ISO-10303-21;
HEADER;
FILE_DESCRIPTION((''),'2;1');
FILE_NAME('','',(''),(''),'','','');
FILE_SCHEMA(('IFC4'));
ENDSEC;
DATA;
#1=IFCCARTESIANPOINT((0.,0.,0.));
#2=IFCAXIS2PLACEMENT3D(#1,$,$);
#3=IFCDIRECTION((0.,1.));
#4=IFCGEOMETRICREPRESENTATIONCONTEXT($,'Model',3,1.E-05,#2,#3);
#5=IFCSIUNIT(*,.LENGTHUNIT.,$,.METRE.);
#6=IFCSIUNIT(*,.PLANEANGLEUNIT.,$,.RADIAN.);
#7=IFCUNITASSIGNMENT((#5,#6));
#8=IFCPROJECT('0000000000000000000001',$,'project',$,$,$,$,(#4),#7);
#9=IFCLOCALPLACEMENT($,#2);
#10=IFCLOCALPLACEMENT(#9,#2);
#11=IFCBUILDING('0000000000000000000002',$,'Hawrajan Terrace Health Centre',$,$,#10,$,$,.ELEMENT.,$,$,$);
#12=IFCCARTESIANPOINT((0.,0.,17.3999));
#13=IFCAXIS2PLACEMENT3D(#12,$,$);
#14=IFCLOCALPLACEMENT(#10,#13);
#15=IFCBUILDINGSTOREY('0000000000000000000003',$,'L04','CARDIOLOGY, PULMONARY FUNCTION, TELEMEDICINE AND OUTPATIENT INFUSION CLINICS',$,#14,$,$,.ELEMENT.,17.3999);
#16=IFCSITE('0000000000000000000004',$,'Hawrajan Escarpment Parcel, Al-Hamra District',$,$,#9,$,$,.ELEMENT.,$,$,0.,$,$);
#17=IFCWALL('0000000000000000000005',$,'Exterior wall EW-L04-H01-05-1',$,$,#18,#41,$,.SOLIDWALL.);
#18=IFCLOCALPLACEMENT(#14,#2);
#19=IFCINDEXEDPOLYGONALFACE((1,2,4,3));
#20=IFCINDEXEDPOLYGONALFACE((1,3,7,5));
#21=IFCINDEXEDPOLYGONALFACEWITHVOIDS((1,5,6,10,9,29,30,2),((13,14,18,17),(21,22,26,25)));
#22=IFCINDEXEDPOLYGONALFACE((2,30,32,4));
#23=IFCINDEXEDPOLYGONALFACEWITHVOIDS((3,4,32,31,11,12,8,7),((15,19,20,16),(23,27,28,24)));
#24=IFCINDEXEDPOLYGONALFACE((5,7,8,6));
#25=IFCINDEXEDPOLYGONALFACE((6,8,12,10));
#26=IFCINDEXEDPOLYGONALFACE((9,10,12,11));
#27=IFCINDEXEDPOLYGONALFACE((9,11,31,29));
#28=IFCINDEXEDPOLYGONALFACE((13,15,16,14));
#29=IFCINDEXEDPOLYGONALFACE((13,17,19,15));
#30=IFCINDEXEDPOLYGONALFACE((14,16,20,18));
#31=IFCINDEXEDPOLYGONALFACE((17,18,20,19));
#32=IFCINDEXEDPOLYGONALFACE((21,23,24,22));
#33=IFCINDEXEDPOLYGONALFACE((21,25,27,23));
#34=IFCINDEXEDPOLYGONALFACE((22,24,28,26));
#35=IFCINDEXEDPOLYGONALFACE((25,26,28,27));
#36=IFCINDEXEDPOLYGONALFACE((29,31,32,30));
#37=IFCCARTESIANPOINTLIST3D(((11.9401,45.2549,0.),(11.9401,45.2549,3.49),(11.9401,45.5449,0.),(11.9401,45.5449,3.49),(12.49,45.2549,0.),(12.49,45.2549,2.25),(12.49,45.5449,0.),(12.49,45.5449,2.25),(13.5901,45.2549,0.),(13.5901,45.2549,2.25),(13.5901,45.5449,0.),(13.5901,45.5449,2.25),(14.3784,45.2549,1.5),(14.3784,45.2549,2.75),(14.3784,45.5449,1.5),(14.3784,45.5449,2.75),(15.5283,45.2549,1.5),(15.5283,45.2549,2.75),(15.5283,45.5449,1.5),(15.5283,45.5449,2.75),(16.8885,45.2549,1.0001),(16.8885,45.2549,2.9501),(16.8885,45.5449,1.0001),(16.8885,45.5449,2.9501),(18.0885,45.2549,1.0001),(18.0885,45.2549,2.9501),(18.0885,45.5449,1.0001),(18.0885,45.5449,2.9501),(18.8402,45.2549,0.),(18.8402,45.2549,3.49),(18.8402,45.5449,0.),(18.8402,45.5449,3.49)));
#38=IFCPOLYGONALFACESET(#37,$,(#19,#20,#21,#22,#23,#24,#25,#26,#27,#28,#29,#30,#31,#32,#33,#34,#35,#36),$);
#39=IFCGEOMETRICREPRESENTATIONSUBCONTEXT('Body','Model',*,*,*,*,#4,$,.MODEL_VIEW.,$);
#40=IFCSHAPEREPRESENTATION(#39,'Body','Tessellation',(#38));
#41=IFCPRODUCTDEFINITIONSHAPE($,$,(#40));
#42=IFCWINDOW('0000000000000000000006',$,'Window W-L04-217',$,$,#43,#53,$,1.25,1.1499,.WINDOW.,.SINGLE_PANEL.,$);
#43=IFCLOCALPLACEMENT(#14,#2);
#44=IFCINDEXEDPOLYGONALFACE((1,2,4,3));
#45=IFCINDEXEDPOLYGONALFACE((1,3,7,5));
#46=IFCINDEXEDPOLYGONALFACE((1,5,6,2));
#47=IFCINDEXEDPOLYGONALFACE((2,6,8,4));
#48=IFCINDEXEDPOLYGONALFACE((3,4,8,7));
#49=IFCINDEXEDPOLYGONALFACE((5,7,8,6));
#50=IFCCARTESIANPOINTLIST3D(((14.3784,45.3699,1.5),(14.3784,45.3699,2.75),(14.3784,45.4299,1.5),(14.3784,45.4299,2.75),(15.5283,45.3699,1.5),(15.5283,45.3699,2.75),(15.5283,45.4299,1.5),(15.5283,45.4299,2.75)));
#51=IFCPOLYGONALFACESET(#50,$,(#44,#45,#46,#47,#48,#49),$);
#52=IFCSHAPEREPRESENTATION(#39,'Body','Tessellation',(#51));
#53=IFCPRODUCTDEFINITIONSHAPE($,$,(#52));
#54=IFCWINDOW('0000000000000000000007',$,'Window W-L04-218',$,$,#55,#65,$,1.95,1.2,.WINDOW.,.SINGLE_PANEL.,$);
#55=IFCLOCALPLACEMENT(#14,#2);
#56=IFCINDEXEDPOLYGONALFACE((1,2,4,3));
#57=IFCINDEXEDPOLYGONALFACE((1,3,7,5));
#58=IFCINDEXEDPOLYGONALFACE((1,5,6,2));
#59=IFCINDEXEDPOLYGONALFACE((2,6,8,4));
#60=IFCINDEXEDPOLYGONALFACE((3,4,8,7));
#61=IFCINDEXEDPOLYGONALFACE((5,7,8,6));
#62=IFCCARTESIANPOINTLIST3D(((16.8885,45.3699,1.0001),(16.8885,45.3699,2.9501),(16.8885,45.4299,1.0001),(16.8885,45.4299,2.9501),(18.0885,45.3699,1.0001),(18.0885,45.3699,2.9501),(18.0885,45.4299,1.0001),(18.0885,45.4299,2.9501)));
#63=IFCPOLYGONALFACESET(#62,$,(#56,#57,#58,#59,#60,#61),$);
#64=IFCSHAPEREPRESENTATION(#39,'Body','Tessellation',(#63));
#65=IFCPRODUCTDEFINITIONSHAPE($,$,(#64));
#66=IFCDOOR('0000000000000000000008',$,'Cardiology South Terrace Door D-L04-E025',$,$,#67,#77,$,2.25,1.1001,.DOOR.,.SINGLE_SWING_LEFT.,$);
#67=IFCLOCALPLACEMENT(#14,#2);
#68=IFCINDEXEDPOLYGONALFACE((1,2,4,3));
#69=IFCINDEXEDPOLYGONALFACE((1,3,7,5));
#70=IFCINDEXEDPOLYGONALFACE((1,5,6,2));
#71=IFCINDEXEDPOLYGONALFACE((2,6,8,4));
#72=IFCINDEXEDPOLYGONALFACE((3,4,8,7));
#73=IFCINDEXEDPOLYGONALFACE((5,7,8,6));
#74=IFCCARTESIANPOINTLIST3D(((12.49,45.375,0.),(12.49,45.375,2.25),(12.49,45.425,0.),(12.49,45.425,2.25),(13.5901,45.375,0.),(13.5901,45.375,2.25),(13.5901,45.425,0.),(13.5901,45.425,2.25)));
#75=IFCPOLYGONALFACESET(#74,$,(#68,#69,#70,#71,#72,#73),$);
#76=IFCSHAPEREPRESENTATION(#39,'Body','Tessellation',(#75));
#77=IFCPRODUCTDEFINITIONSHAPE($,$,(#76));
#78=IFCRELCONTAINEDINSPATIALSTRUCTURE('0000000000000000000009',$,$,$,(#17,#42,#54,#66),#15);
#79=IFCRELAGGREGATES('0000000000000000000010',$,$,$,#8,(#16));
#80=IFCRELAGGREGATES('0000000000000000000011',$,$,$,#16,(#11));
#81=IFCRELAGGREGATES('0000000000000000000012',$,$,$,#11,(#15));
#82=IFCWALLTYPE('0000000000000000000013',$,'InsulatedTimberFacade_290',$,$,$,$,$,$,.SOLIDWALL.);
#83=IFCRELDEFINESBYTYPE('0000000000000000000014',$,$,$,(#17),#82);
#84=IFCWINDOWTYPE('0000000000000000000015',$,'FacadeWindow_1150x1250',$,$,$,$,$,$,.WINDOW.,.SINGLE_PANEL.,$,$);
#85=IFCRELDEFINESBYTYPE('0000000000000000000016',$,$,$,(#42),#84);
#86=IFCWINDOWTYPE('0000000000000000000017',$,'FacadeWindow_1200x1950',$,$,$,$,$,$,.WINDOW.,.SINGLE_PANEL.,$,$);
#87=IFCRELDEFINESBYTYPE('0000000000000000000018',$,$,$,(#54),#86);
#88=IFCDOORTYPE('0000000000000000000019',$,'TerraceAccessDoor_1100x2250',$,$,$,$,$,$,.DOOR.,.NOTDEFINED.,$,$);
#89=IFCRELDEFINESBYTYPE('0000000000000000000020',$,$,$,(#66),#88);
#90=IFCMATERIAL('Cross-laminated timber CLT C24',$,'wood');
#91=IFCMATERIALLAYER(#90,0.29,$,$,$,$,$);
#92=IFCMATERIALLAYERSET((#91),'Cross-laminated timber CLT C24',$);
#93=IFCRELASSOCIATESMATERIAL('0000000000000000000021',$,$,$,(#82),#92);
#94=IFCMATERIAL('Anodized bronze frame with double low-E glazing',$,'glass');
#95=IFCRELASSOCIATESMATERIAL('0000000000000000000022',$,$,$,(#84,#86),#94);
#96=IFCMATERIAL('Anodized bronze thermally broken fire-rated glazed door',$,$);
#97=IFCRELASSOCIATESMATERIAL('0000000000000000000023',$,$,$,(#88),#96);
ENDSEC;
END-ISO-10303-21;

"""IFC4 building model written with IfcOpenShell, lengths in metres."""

from ifc_helpers import new_model, si_unit, direction, frame, frame_2d, origin, place, context, subcontext, project, spatial, rectangle, extrude, material, layer, layer_set, type_object, element, fill, save


model = new_model("IFC4")

# Units and contexts
model_context = context("Model", 3, precision=1e-05, world=origin(), true_north=direction((0.0, 1.0)))
body_context = subcontext(model_context, "Body", "Model", "MODEL_VIEW")
ifc_project = project(units=[si_unit("LENGTHUNIT", "METRE"), si_unit("PLANEANGLEUNIT", "RADIAN")], contexts=[model_context])

# Site, building, storey
site_placement = place(None, origin())
site = spatial("IfcSite", under=ifc_project, at=site_placement, Name="Hawrajan Escarpment Parcel, Al-Hamra District", CompositionType="ELEMENT", RefElevation=0.0)
building_placement = place(site_placement, origin())
building = spatial("IfcBuilding", under=site, at=building_placement, Name="Hawrajan Terrace Health Centre", CompositionType="ELEMENT")
storey_placement = place(building_placement, frame((0.0, 0.0, 17.3999)))
storey = spatial("IfcBuildingStorey", under=building, at=storey_placement, Name="L04", Description="CARDIOLOGY, PULMONARY FUNCTION, TELEMEDICINE AND OUTPATIENT INFUSION CLINICS", CompositionType="ELEMENT", Elevation=17.3999)

# Wall, openings, windows, door
ifc_material_1 = material(Name="Cross-laminated timber CLT C24", Category="wood")
ifc_layer_1 = layer(ifc_material_1, 0.29)
ifc_layer_set_1 = layer_set([ifc_layer_1], Name="Cross-laminated timber CLT C24")
wall_type_1 = type_object("IfcWallType", Name="InsulatedTimberFacade_290", PredefinedType="SOLIDWALL", material=ifc_layer_set_1)
wall_1_placement = place(storey_placement, frame((11.9399, 45.3999, 0.0), z_axis=(0.0, 0.0, 1.0), x_axis=(1.0, 0.0, 0.0)))
wall_1 = element("IfcWall", 1, at=wall_1_placement, inside=storey, type_object=wall_type_1, Name="Exterior wall EW-L04-H01-05-1", PredefinedType="SOLIDWALL", context=body_context, shape_type="SweptSolid", body=[
    extrude(rectangle(XDim=6.9001, YDim=0.29, at=frame_2d((3.4502, 0.0))), origin(), (0.0, 0.0, 1.0), 3.49),
])
opening_1_placement = place(wall_1_placement, frame((0.55, 0.0, 0.0)))
opening_1 = element("IfcOpeningElement", 2, at=opening_1_placement, cuts=wall_1, PredefinedType="OPENING", context=body_context, shape_type="SweptSolid", body=[
    extrude(rectangle(XDim=1.1001, YDim=2.25, at=frame_2d((0.55, 1.125))), frame((0.0, 0.155, 0.0), z_axis=(0.0, -1.0, 0.0), x_axis=(1.0, 0.0, 0.0)), (0.0, 0.0, 1.0), 0.3101),
])
opening_2_placement = place(wall_1_placement, frame((2.4385, 0.0, 1.5)))
opening_2 = element("IfcOpeningElement", 3, at=opening_2_placement, cuts=wall_1, PredefinedType="OPENING", context=body_context, shape_type="SweptSolid", body=[
    extrude(rectangle(XDim=1.1499, YDim=1.25, at=frame_2d((0.575, 0.625))), frame((0.0, 0.155, 0.0), z_axis=(0.0, -1.0, 0.0), x_axis=(1.0, 0.0, 0.0)), (0.0, 0.0, 1.0), 0.3101),
])
opening_3_placement = place(wall_1_placement, frame((4.9485, 0.0, 1.0)))
opening_3 = element("IfcOpeningElement", 4, at=opening_3_placement, cuts=wall_1, PredefinedType="OPENING", context=body_context, shape_type="SweptSolid", body=[
    extrude(rectangle(XDim=1.2, YDim=1.95, at=frame_2d((0.6001, 0.9751))), frame((0.0, 0.155, 0.0), z_axis=(0.0, -1.0, 0.0), x_axis=(1.0, 0.0, 0.0)), (0.0, 0.0, 1.0), 0.3101),
])
ifc_material_2 = material(Name="Anodized bronze frame with double low-E glazing", Category="glass")
window_type_1 = type_object("IfcWindowType", Name="FacadeWindow_1150x1250", PartitioningType="SINGLE_PANEL", PredefinedType="WINDOW", material=ifc_material_2)
window_1_placement = place(opening_2_placement, origin())
window_1 = element("IfcWindow", 5, at=window_1_placement, inside=storey, type_object=window_type_1, Name="Window W-L04-217", OverallHeight=1.25, OverallWidth=1.1499, PartitioningType="SINGLE_PANEL", PredefinedType="WINDOW", context=body_context, shape_type="SweptSolid", body=[
    extrude(rectangle(XDim=1.1499, YDim=1.25, at=frame_2d((0.575, 0.625))), frame((0.0, 0.03, 0.0), z_axis=(0.0, -1.0, 0.0), x_axis=(1.0, 0.0, 0.0)), (0.0, 0.0, 1.0), 0.0601),
])
fill(opening_2, window_1)
window_type_2 = type_object("IfcWindowType", Name="FacadeWindow_1200x1950", PartitioningType="SINGLE_PANEL", PredefinedType="WINDOW", material=ifc_material_2)
window_2_placement = place(opening_3_placement, origin())
window_2 = element("IfcWindow", 6, at=window_2_placement, inside=storey, type_object=window_type_2, Name="Window W-L04-218", OverallHeight=1.95, OverallWidth=1.2, PartitioningType="SINGLE_PANEL", PredefinedType="WINDOW", context=body_context, shape_type="SweptSolid", body=[
    extrude(rectangle(XDim=1.2, YDim=1.95, at=frame_2d((0.6001, 0.9751))), frame((0.0, 0.03, 0.0), z_axis=(0.0, -1.0, 0.0), x_axis=(1.0, 0.0, 0.0)), (0.0, 0.0, 1.0), 0.0601),
])
fill(opening_3, window_2)
ifc_material_3 = material(Name="Anodized bronze thermally broken fire-rated glazed door")
door_type_1 = type_object("IfcDoorType", Name="TerraceAccessDoor_1100x2250", OperationType="NOTDEFINED", PredefinedType="DOOR", material=ifc_material_3)
door_1_placement = place(opening_1_placement, frame((1.1001, 0.0, 0.0), z_axis=(0.0, 0.0, 1.0), x_axis=(-1.0, 0.0, 0.0)))
door_1 = element("IfcDoor", 7, at=door_1_placement, inside=storey, type_object=door_type_1, Name="Cardiology South Terrace Door D-L04-E025", OperationType="SINGLE_SWING_LEFT", OverallHeight=2.25, OverallWidth=1.1001, PredefinedType="DOOR", context=body_context, shape_type="SweptSolid", body=[
    extrude(rectangle(XDim=1.1001, YDim=2.25, at=frame_2d((0.55, 1.125))), frame((0.0, 0.0249, 0.0), z_axis=(0.0, -1.0, 0.0), x_axis=(1.0, 0.0, 0.0)), (0.0, 0.0, 1.0), 0.05),
])
fill(opening_1, door_1)

save(model, "model.ifc")
